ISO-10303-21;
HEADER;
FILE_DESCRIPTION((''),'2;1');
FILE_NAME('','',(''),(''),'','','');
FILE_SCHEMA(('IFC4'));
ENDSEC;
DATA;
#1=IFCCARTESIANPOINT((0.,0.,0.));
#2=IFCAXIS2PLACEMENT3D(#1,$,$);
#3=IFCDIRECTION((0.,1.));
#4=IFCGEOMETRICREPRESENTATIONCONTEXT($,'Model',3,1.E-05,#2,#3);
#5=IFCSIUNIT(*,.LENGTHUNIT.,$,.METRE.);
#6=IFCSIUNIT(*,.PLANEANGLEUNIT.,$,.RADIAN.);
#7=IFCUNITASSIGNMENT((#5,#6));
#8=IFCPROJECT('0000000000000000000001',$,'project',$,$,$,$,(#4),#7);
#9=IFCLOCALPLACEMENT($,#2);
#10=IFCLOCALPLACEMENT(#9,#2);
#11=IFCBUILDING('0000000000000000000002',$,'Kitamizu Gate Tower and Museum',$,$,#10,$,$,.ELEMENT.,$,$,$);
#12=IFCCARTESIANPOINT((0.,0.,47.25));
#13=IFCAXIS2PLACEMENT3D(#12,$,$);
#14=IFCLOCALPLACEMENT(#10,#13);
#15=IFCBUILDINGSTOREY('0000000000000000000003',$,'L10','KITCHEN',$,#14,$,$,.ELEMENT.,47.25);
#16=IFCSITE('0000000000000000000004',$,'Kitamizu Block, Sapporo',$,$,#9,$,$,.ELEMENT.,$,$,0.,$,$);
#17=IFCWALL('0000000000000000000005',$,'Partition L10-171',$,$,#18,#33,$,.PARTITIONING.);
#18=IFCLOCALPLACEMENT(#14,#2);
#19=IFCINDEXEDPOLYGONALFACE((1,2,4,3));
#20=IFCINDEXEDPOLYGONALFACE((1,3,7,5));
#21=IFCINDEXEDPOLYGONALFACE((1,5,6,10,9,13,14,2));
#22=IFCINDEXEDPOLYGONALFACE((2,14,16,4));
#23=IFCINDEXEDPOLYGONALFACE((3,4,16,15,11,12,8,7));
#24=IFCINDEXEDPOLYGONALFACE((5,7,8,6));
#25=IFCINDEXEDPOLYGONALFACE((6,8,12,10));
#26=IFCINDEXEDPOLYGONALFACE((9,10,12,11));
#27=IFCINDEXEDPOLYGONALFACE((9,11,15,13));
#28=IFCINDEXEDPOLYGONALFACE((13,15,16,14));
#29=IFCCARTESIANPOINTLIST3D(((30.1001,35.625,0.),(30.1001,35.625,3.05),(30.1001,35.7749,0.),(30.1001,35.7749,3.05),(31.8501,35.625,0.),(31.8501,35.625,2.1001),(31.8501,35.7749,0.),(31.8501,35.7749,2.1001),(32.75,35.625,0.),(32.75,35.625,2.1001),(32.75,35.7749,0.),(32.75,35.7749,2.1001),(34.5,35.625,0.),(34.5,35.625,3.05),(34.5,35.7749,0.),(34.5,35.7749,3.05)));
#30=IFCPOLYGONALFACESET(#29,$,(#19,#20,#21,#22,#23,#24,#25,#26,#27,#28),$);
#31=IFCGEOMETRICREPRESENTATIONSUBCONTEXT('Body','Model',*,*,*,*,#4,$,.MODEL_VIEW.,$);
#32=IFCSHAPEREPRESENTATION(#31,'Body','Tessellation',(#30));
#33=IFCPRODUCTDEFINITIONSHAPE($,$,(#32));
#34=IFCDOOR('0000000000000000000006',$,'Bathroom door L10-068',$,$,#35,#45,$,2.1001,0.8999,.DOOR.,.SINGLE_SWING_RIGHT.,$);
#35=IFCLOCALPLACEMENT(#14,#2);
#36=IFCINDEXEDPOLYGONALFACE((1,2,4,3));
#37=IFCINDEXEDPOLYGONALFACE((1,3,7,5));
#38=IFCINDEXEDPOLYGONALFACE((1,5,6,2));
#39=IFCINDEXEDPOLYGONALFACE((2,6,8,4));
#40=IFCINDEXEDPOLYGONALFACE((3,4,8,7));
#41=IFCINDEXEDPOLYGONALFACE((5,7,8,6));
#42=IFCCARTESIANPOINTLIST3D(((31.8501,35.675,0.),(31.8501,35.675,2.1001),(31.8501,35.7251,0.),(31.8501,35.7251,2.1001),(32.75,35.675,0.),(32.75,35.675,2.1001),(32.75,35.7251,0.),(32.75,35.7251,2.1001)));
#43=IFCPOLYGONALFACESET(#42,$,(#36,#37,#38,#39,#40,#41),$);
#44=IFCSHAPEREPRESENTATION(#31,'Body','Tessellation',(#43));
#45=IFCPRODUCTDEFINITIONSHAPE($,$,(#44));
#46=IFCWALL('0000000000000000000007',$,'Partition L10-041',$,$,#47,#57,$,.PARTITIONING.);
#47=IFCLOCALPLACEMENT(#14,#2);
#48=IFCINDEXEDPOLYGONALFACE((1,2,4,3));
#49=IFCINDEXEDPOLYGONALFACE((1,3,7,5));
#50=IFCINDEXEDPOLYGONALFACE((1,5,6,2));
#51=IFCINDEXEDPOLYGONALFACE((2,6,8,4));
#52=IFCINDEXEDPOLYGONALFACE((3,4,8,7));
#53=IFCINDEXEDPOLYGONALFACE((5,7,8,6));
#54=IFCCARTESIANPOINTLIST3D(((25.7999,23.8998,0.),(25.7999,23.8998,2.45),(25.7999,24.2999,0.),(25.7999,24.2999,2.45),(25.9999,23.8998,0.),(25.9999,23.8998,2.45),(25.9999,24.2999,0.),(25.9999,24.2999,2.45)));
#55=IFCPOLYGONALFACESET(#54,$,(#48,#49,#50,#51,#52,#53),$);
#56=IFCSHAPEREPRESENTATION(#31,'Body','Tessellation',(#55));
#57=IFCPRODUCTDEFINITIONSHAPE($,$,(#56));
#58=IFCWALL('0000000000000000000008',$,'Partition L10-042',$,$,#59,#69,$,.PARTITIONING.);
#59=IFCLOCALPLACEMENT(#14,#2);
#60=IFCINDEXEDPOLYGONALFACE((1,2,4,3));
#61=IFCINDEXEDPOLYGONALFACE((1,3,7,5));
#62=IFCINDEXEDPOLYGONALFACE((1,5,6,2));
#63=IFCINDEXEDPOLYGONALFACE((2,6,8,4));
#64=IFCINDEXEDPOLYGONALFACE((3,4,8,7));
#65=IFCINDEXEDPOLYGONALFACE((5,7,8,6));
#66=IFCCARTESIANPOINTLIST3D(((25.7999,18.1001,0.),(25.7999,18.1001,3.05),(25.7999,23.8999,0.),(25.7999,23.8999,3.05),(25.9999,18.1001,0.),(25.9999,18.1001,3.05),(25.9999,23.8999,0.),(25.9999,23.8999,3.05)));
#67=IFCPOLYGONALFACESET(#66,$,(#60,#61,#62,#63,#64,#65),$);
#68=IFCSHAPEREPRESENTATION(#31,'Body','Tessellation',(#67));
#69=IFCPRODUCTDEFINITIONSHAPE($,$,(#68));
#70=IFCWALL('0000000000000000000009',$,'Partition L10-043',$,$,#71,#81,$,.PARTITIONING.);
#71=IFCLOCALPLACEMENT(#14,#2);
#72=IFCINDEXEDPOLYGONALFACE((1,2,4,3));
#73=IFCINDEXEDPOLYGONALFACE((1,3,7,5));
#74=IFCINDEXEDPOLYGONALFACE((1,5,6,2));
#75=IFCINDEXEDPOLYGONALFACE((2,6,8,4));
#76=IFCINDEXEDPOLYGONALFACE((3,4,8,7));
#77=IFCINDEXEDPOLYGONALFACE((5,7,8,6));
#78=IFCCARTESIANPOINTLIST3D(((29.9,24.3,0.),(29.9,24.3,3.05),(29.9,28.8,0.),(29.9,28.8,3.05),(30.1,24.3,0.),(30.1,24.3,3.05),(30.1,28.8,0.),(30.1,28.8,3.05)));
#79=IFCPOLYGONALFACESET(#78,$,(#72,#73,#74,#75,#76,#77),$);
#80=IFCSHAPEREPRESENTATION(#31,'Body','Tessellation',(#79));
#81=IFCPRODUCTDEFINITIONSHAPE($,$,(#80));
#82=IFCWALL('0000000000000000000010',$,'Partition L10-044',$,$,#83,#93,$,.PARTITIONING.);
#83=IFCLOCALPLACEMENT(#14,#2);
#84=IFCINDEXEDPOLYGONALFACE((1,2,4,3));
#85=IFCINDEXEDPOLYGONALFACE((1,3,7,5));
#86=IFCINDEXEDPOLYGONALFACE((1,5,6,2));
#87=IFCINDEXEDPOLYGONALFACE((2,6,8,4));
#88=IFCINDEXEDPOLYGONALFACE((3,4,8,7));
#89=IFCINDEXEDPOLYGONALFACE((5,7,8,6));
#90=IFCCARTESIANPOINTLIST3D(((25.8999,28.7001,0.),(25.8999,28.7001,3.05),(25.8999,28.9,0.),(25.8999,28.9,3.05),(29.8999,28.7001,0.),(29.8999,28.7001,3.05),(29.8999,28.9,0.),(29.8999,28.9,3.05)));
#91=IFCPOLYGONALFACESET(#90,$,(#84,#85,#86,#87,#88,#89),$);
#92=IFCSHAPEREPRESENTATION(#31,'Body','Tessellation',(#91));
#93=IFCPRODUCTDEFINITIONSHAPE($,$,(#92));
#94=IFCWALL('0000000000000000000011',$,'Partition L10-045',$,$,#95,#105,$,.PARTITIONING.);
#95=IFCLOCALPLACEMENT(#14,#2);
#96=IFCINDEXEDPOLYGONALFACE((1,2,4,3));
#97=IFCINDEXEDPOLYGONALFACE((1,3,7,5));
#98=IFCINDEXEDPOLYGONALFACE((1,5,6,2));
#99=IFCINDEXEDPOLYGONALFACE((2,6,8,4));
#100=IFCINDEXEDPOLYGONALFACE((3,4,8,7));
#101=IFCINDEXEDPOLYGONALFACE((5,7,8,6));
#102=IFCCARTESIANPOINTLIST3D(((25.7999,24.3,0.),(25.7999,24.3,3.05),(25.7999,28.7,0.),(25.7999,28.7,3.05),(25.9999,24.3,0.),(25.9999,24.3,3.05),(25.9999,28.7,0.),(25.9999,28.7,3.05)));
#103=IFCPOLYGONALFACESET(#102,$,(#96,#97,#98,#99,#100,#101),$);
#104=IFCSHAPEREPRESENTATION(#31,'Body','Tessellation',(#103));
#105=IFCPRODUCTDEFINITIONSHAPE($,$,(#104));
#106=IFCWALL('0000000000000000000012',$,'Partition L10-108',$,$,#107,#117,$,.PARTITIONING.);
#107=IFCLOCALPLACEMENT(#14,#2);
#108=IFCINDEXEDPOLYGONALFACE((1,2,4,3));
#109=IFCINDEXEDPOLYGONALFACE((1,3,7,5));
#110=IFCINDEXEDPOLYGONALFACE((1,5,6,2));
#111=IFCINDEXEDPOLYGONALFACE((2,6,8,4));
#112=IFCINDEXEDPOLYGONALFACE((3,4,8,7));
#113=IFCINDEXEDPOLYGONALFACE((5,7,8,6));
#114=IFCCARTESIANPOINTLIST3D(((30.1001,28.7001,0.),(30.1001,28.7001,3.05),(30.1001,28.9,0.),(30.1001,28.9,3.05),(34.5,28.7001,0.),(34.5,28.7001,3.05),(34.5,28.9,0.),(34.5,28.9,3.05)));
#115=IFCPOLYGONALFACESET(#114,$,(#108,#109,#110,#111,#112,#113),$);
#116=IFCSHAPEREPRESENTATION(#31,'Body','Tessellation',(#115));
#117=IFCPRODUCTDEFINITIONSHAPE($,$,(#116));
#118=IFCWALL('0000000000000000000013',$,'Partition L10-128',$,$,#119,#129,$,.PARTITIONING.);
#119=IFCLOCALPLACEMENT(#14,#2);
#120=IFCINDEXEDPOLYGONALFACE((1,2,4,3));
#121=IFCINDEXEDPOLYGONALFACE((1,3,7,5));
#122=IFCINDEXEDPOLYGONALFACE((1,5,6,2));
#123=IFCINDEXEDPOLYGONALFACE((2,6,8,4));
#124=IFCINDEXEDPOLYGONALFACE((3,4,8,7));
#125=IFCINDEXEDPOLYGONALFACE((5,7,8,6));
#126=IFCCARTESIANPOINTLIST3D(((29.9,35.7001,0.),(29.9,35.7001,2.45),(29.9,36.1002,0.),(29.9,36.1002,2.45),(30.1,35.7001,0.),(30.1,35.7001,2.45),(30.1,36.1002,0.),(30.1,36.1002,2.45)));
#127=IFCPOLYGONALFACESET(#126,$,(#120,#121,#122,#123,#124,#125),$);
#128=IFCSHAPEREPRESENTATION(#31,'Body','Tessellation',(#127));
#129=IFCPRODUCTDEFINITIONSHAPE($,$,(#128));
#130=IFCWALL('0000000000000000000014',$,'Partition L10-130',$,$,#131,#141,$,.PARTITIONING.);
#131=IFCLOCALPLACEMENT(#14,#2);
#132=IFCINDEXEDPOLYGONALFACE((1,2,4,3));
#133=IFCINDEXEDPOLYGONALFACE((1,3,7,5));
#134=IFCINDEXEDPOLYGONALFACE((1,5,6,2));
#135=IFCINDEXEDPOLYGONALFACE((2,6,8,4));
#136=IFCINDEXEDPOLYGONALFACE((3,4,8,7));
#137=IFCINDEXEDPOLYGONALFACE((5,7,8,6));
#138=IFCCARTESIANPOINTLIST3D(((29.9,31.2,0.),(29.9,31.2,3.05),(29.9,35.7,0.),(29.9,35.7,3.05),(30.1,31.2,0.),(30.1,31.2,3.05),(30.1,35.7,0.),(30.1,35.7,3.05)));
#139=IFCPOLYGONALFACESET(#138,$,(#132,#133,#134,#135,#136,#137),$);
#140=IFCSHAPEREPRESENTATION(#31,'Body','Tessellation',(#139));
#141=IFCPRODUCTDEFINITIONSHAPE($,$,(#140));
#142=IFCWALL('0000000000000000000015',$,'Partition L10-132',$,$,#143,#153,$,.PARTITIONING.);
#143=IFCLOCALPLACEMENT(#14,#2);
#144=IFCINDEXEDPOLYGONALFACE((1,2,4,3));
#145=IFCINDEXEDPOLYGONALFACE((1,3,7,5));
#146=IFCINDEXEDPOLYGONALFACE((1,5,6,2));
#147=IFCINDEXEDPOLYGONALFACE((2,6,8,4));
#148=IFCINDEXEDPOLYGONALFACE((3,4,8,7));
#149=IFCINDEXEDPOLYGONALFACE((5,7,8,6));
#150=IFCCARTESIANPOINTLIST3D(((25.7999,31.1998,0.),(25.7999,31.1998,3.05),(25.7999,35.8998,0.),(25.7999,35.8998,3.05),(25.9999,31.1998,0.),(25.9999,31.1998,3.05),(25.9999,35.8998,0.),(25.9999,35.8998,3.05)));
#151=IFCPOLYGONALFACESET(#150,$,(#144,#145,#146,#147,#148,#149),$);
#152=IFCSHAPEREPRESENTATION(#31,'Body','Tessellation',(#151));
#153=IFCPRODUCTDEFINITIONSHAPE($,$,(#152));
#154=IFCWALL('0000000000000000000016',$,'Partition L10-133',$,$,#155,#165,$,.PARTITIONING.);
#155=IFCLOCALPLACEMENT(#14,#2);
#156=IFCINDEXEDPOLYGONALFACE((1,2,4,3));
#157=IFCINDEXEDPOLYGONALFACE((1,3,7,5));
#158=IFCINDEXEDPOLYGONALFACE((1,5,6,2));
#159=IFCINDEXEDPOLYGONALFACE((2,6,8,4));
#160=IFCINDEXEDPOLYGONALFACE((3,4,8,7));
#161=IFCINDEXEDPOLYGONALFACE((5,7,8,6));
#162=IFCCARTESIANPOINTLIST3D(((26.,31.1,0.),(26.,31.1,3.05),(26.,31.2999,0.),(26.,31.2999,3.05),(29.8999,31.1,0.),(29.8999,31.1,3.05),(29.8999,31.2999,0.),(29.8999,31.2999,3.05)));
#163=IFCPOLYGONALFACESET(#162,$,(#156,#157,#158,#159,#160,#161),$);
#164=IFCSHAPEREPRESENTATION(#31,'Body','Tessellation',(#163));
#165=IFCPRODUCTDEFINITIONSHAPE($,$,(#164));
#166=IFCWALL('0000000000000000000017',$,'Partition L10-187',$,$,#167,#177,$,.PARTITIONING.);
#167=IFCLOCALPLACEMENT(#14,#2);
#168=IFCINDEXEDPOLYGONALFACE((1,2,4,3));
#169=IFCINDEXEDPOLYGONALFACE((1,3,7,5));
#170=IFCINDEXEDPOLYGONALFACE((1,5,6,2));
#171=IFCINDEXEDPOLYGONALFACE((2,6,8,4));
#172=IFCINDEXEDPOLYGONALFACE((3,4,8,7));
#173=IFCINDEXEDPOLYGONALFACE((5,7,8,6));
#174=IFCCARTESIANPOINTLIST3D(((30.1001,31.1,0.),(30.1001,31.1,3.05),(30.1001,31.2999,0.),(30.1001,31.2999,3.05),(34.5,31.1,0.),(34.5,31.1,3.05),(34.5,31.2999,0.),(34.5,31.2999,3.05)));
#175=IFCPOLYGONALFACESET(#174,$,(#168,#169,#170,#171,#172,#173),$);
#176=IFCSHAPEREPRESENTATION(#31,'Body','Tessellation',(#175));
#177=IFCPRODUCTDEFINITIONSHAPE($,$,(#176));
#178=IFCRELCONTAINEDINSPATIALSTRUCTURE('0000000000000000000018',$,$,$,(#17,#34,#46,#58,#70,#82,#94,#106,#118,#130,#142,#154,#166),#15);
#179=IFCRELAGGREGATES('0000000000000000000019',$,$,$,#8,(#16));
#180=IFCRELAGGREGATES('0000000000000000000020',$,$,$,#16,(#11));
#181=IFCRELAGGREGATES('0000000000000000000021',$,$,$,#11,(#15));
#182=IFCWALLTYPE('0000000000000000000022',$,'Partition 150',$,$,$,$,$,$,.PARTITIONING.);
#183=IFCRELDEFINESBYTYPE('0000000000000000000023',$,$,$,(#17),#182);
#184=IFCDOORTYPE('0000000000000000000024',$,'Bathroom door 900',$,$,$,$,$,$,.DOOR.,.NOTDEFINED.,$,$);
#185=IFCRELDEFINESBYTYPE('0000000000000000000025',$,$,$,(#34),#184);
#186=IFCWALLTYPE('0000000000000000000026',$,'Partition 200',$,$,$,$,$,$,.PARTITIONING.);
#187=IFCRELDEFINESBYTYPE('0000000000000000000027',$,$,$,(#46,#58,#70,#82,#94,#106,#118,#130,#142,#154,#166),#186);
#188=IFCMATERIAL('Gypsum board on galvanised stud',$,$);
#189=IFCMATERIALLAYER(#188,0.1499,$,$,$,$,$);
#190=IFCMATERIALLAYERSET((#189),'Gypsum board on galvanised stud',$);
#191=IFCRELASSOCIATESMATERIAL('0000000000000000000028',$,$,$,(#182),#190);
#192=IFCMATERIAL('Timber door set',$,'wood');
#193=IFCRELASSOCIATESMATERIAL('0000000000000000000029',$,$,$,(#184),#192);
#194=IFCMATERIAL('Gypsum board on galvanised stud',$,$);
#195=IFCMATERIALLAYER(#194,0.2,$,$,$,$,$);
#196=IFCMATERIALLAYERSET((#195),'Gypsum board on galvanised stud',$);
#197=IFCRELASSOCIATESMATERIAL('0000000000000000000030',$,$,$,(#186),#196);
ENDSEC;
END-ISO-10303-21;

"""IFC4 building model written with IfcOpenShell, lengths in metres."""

from ifc_helpers import new_model, si_unit, direction, frame, frame_2d, origin, place, context, subcontext, project, spatial, rectangle, extrude, material, layer, layer_set, type_object, element, fill, save


model = new_model("IFC4")

# Units and contexts
model_context = context("Model", 3, precision=1e-05, world=origin(), true_north=direction((0.0, 1.0)))
body_context = subcontext(model_context, "Body", "Model", "MODEL_VIEW")
ifc_project = project(units=[si_unit("LENGTHUNIT", "METRE"), si_unit("PLANEANGLEUNIT", "RADIAN")], contexts=[model_context])

# Site, building, storey
site_placement = place(None, origin())
site = spatial("IfcSite", under=ifc_project, at=site_placement, Name="Kitamizu Block, Sapporo", CompositionType="ELEMENT", RefElevation=0.0)
building_placement = place(site_placement, origin())
building = spatial("IfcBuilding", under=site, at=building_placement, Name="Kitamizu Gate Tower and Museum", CompositionType="ELEMENT")
storey_placement = place(building_placement, frame((0.0, 0.0, 47.25)))
storey = spatial("IfcBuildingStorey", under=building, at=storey_placement, Name="L10", Description="KITCHEN", CompositionType="ELEMENT", Elevation=47.25)

# Shared definitions
ifc_material_1 = material(Name="Gypsum board on galvanised stud")
ifc_layer_1 = layer(ifc_material_1, 0.1499)
ifc_layer_set_1 = layer_set([ifc_layer_1], Name="Gypsum board on galvanised stud")
wall_type_1 = type_object("IfcWallType", Name="Partition 150", PredefinedType="PARTITIONING", material=ifc_layer_set_1)
ifc_material_2 = material(Name="Timber door set", Category="wood")
door_type_1 = type_object("IfcDoorType", Name="Bathroom door 900", OperationType="NOTDEFINED", PredefinedType="DOOR", material=ifc_material_2)

# Wall, opening, door
wall_1_placement = place(storey_placement, frame((30.1001, 35.7, 0.0), z_axis=(0.0, 0.0, 1.0), x_axis=(1.0, 0.0, 0.0)))
wall_1 = element("IfcWall", 1, at=wall_1_placement, inside=storey, type_object=wall_type_1, Name="Partition L10-171", PredefinedType="PARTITIONING", context=body_context, shape_type="SweptSolid", body=[
    extrude(rectangle(XDim=4.3999, YDim=0.1499, at=frame_2d((2.2, 0.0))), origin(), (0.0, 0.0, 1.0), 3.05),
])
opening_1_placement = place(wall_1_placement, frame((1.75, 0.0, 0.0)))
opening_1 = element("IfcOpeningElement", 2, at=opening_1_placement, cuts=wall_1, PredefinedType="OPENING", context=body_context, shape_type="SweptSolid", body=[
    extrude(rectangle(XDim=0.8999, YDim=2.1001, at=frame_2d((0.45, 1.05))), frame((0.0, 0.085, 0.0), z_axis=(0.0, -1.0, 0.0), x_axis=(1.0, 0.0, 0.0)), (0.0, 0.0, 1.0), 0.1699),
])
door_1_placement = place(opening_1_placement, frame((0.8999, 0.0, 0.0), x_axis=(-1.0, 0.0, 0.0)))
door_1 = element("IfcDoor", 3, at=door_1_placement, inside=storey, type_object=door_type_1, Name="Bathroom door L10-068", OperationType="SINGLE_SWING_RIGHT", OverallHeight=2.1001, OverallWidth=0.8999, PredefinedType="DOOR", context=body_context, shape_type="SweptSolid", body=[
    extrude(rectangle(XDim=0.8999, YDim=2.1001, at=frame_2d((0.45, 1.05))), frame((0.0, 0.0249, 0.0), z_axis=(0.0, -1.0, 0.0), x_axis=(1.0, 0.0, 0.0)), (0.0, 0.0, 1.0), 0.05),
])
fill(opening_1, door_1)

# Walls
ifc_material_3 = material(Name="Gypsum board on galvanised stud")
ifc_layer_2 = layer(ifc_material_3, 0.2)
ifc_layer_set_2 = layer_set([ifc_layer_2], Name="Gypsum board on galvanised stud")
wall_type_2 = type_object("IfcWallType", Name="Partition 200", PredefinedType="PARTITIONING", material=ifc_layer_set_2)
wall_2_placement = place(storey_placement, frame((25.8999, 24.3, 0.0), z_axis=(0.0, 0.0, 1.0), x_axis=(0.0, -1.0, 0.0)))
element("IfcWall", 4, at=wall_2_placement, inside=storey, type_object=wall_type_2, Name="Partition L10-041", PredefinedType="PARTITIONING", context=body_context, shape_type="SweptSolid", body=[
    extrude(rectangle(XDim=0.4001, YDim=0.2, at=frame_2d((0.2002, 0.0))), origin(), (0.0, 0.0, 1.0), 2.45),
])
wall_3_placement = place(storey_placement, frame((25.8999, 23.8999, 0.0), z_axis=(0.0, 0.0, 1.0), x_axis=(0.0, -1.0, 0.0)))
element("IfcWall", 5, at=wall_3_placement, inside=storey, type_object=wall_type_2, Name="Partition L10-042", PredefinedType="PARTITIONING", context=body_context, shape_type="SweptSolid", body=[
    extrude(rectangle(XDim=5.7998, YDim=0.2, at=frame_2d((2.8999, 0.0))), origin(), (0.0, 0.0, 1.0), 3.05),
])
wall_4_placement = place(storey_placement, frame((30.0, 24.3, 0.0), z_axis=(0.0, 0.0, 1.0), x_axis=(0.0, 1.0, 0.0)))
element("IfcWall", 6, at=wall_4_placement, inside=storey, type_object=wall_type_2, Name="Partition L10-043", PredefinedType="PARTITIONING", context=body_context, shape_type="SweptSolid", body=[
    extrude(rectangle(XDim=4.5, YDim=0.2, at=frame_2d((2.25, 0.0))), origin(), (0.0, 0.0, 1.0), 3.05),
])
wall_5_placement = place(storey_placement, frame((29.8999, 28.8, 0.0), z_axis=(0.0, 0.0, 1.0), x_axis=(-1.0, 0.0, 0.0)))
element("IfcWall", 7, at=wall_5_placement, inside=storey, type_object=wall_type_2, Name="Partition L10-044", PredefinedType="PARTITIONING", context=body_context, shape_type="SweptSolid", body=[
    extrude(rectangle(XDim=4.0, YDim=0.2, at=frame_2d((2.0, 0.0))), origin(), (0.0, 0.0, 1.0), 3.05),
])
for number, where, z_axis, x_axis, name in (
    (8, (25.8999, 28.7, 0.0), (0.0, 0.0, 1.0), (0.0, -1.0, 0.0), "Partition L10-045"),
    (9, (34.5, 28.8, 0.0), (0.0, 0.0, 1.0), (-1.0, 0.0, 0.0), "Partition L10-108"),
):
    element("IfcWall", number, at=place(storey_placement, frame(where, z_axis=z_axis, x_axis=x_axis)), inside=storey, type_object=wall_type_2, Name=name, PredefinedType="PARTITIONING", context=body_context, shape_type="SweptSolid", body=[
        extrude(rectangle(XDim=4.3999, YDim=0.2, at=frame_2d((2.2, 0.0))), origin(), (0.0, 0.0, 1.0), 3.05),
    ])
wall_6_placement = place(storey_placement, frame((30.0, 35.7, 0.0), z_axis=(0.0, 0.0, 1.0), x_axis=(0.0, 1.0, 0.0)))
element("IfcWall", 10, at=wall_6_placement, inside=storey, type_object=wall_type_2, Name="Partition L10-128", PredefinedType="PARTITIONING", context=body_context, shape_type="SweptSolid", body=[
    extrude(rectangle(XDim=0.4001, YDim=0.2, at=frame_2d((0.2002, 0.0))), origin(), (0.0, 0.0, 1.0), 2.45),
])
wall_7_placement = place(storey_placement, frame((30.0, 31.2, 0.0), z_axis=(0.0, 0.0, 1.0), x_axis=(0.0, 1.0, 0.0)))
element("IfcWall", 11, at=wall_7_placement, inside=storey, type_object=wall_type_2, Name="Partition L10-130", PredefinedType="PARTITIONING", context=body_context, shape_type="SweptSolid", body=[
    extrude(rectangle(XDim=4.5, YDim=0.2, at=frame_2d((2.25, 0.0))), origin(), (0.0, 0.0, 1.0), 3.05),
])
wall_8_placement = place(storey_placement, frame((25.8999, 35.8999, 0.0), z_axis=(0.0, 0.0, 1.0), x_axis=(0.0, -1.0, 0.0)))
element("IfcWall", 12, at=wall_8_placement, inside=storey, type_object=wall_type_2, Name="Partition L10-132", PredefinedType="PARTITIONING", context=body_context, shape_type="SweptSolid", body=[
    extrude(rectangle(XDim=4.7, YDim=0.2, at=frame_2d((2.3501, 0.0))), origin(), (0.0, 0.0, 1.0), 3.05),
])
wall_9_placement = place(storey_placement, frame((26.0, 31.2, 0.0), z_axis=(0.0, 0.0, 1.0), x_axis=(1.0, 0.0, 0.0)))
element("IfcWall", 13, at=wall_9_placement, inside=storey, type_object=wall_type_2, Name="Partition L10-133", PredefinedType="PARTITIONING", context=body_context, shape_type="SweptSolid", body=[
    extrude(rectangle(XDim=3.8999, YDim=0.2, at=frame_2d((1.95, 0.0))), origin(), (0.0, 0.0, 1.0), 3.05),
])
wall_10_placement = place(storey_placement, frame((30.1001, 31.2, 0.0), z_axis=(0.0, 0.0, 1.0), x_axis=(1.0, 0.0, 0.0)))
element("IfcWall", 14, at=wall_10_placement, inside=storey, type_object=wall_type_2, Name="Partition L10-187", PredefinedType="PARTITIONING", context=body_context, shape_type="SweptSolid", body=[
    extrude(rectangle(XDim=4.3999, YDim=0.2, at=frame_2d((2.2, 0.0))), origin(), (0.0, 0.0, 1.0), 3.05),
])

save(model, "model.ifc")
